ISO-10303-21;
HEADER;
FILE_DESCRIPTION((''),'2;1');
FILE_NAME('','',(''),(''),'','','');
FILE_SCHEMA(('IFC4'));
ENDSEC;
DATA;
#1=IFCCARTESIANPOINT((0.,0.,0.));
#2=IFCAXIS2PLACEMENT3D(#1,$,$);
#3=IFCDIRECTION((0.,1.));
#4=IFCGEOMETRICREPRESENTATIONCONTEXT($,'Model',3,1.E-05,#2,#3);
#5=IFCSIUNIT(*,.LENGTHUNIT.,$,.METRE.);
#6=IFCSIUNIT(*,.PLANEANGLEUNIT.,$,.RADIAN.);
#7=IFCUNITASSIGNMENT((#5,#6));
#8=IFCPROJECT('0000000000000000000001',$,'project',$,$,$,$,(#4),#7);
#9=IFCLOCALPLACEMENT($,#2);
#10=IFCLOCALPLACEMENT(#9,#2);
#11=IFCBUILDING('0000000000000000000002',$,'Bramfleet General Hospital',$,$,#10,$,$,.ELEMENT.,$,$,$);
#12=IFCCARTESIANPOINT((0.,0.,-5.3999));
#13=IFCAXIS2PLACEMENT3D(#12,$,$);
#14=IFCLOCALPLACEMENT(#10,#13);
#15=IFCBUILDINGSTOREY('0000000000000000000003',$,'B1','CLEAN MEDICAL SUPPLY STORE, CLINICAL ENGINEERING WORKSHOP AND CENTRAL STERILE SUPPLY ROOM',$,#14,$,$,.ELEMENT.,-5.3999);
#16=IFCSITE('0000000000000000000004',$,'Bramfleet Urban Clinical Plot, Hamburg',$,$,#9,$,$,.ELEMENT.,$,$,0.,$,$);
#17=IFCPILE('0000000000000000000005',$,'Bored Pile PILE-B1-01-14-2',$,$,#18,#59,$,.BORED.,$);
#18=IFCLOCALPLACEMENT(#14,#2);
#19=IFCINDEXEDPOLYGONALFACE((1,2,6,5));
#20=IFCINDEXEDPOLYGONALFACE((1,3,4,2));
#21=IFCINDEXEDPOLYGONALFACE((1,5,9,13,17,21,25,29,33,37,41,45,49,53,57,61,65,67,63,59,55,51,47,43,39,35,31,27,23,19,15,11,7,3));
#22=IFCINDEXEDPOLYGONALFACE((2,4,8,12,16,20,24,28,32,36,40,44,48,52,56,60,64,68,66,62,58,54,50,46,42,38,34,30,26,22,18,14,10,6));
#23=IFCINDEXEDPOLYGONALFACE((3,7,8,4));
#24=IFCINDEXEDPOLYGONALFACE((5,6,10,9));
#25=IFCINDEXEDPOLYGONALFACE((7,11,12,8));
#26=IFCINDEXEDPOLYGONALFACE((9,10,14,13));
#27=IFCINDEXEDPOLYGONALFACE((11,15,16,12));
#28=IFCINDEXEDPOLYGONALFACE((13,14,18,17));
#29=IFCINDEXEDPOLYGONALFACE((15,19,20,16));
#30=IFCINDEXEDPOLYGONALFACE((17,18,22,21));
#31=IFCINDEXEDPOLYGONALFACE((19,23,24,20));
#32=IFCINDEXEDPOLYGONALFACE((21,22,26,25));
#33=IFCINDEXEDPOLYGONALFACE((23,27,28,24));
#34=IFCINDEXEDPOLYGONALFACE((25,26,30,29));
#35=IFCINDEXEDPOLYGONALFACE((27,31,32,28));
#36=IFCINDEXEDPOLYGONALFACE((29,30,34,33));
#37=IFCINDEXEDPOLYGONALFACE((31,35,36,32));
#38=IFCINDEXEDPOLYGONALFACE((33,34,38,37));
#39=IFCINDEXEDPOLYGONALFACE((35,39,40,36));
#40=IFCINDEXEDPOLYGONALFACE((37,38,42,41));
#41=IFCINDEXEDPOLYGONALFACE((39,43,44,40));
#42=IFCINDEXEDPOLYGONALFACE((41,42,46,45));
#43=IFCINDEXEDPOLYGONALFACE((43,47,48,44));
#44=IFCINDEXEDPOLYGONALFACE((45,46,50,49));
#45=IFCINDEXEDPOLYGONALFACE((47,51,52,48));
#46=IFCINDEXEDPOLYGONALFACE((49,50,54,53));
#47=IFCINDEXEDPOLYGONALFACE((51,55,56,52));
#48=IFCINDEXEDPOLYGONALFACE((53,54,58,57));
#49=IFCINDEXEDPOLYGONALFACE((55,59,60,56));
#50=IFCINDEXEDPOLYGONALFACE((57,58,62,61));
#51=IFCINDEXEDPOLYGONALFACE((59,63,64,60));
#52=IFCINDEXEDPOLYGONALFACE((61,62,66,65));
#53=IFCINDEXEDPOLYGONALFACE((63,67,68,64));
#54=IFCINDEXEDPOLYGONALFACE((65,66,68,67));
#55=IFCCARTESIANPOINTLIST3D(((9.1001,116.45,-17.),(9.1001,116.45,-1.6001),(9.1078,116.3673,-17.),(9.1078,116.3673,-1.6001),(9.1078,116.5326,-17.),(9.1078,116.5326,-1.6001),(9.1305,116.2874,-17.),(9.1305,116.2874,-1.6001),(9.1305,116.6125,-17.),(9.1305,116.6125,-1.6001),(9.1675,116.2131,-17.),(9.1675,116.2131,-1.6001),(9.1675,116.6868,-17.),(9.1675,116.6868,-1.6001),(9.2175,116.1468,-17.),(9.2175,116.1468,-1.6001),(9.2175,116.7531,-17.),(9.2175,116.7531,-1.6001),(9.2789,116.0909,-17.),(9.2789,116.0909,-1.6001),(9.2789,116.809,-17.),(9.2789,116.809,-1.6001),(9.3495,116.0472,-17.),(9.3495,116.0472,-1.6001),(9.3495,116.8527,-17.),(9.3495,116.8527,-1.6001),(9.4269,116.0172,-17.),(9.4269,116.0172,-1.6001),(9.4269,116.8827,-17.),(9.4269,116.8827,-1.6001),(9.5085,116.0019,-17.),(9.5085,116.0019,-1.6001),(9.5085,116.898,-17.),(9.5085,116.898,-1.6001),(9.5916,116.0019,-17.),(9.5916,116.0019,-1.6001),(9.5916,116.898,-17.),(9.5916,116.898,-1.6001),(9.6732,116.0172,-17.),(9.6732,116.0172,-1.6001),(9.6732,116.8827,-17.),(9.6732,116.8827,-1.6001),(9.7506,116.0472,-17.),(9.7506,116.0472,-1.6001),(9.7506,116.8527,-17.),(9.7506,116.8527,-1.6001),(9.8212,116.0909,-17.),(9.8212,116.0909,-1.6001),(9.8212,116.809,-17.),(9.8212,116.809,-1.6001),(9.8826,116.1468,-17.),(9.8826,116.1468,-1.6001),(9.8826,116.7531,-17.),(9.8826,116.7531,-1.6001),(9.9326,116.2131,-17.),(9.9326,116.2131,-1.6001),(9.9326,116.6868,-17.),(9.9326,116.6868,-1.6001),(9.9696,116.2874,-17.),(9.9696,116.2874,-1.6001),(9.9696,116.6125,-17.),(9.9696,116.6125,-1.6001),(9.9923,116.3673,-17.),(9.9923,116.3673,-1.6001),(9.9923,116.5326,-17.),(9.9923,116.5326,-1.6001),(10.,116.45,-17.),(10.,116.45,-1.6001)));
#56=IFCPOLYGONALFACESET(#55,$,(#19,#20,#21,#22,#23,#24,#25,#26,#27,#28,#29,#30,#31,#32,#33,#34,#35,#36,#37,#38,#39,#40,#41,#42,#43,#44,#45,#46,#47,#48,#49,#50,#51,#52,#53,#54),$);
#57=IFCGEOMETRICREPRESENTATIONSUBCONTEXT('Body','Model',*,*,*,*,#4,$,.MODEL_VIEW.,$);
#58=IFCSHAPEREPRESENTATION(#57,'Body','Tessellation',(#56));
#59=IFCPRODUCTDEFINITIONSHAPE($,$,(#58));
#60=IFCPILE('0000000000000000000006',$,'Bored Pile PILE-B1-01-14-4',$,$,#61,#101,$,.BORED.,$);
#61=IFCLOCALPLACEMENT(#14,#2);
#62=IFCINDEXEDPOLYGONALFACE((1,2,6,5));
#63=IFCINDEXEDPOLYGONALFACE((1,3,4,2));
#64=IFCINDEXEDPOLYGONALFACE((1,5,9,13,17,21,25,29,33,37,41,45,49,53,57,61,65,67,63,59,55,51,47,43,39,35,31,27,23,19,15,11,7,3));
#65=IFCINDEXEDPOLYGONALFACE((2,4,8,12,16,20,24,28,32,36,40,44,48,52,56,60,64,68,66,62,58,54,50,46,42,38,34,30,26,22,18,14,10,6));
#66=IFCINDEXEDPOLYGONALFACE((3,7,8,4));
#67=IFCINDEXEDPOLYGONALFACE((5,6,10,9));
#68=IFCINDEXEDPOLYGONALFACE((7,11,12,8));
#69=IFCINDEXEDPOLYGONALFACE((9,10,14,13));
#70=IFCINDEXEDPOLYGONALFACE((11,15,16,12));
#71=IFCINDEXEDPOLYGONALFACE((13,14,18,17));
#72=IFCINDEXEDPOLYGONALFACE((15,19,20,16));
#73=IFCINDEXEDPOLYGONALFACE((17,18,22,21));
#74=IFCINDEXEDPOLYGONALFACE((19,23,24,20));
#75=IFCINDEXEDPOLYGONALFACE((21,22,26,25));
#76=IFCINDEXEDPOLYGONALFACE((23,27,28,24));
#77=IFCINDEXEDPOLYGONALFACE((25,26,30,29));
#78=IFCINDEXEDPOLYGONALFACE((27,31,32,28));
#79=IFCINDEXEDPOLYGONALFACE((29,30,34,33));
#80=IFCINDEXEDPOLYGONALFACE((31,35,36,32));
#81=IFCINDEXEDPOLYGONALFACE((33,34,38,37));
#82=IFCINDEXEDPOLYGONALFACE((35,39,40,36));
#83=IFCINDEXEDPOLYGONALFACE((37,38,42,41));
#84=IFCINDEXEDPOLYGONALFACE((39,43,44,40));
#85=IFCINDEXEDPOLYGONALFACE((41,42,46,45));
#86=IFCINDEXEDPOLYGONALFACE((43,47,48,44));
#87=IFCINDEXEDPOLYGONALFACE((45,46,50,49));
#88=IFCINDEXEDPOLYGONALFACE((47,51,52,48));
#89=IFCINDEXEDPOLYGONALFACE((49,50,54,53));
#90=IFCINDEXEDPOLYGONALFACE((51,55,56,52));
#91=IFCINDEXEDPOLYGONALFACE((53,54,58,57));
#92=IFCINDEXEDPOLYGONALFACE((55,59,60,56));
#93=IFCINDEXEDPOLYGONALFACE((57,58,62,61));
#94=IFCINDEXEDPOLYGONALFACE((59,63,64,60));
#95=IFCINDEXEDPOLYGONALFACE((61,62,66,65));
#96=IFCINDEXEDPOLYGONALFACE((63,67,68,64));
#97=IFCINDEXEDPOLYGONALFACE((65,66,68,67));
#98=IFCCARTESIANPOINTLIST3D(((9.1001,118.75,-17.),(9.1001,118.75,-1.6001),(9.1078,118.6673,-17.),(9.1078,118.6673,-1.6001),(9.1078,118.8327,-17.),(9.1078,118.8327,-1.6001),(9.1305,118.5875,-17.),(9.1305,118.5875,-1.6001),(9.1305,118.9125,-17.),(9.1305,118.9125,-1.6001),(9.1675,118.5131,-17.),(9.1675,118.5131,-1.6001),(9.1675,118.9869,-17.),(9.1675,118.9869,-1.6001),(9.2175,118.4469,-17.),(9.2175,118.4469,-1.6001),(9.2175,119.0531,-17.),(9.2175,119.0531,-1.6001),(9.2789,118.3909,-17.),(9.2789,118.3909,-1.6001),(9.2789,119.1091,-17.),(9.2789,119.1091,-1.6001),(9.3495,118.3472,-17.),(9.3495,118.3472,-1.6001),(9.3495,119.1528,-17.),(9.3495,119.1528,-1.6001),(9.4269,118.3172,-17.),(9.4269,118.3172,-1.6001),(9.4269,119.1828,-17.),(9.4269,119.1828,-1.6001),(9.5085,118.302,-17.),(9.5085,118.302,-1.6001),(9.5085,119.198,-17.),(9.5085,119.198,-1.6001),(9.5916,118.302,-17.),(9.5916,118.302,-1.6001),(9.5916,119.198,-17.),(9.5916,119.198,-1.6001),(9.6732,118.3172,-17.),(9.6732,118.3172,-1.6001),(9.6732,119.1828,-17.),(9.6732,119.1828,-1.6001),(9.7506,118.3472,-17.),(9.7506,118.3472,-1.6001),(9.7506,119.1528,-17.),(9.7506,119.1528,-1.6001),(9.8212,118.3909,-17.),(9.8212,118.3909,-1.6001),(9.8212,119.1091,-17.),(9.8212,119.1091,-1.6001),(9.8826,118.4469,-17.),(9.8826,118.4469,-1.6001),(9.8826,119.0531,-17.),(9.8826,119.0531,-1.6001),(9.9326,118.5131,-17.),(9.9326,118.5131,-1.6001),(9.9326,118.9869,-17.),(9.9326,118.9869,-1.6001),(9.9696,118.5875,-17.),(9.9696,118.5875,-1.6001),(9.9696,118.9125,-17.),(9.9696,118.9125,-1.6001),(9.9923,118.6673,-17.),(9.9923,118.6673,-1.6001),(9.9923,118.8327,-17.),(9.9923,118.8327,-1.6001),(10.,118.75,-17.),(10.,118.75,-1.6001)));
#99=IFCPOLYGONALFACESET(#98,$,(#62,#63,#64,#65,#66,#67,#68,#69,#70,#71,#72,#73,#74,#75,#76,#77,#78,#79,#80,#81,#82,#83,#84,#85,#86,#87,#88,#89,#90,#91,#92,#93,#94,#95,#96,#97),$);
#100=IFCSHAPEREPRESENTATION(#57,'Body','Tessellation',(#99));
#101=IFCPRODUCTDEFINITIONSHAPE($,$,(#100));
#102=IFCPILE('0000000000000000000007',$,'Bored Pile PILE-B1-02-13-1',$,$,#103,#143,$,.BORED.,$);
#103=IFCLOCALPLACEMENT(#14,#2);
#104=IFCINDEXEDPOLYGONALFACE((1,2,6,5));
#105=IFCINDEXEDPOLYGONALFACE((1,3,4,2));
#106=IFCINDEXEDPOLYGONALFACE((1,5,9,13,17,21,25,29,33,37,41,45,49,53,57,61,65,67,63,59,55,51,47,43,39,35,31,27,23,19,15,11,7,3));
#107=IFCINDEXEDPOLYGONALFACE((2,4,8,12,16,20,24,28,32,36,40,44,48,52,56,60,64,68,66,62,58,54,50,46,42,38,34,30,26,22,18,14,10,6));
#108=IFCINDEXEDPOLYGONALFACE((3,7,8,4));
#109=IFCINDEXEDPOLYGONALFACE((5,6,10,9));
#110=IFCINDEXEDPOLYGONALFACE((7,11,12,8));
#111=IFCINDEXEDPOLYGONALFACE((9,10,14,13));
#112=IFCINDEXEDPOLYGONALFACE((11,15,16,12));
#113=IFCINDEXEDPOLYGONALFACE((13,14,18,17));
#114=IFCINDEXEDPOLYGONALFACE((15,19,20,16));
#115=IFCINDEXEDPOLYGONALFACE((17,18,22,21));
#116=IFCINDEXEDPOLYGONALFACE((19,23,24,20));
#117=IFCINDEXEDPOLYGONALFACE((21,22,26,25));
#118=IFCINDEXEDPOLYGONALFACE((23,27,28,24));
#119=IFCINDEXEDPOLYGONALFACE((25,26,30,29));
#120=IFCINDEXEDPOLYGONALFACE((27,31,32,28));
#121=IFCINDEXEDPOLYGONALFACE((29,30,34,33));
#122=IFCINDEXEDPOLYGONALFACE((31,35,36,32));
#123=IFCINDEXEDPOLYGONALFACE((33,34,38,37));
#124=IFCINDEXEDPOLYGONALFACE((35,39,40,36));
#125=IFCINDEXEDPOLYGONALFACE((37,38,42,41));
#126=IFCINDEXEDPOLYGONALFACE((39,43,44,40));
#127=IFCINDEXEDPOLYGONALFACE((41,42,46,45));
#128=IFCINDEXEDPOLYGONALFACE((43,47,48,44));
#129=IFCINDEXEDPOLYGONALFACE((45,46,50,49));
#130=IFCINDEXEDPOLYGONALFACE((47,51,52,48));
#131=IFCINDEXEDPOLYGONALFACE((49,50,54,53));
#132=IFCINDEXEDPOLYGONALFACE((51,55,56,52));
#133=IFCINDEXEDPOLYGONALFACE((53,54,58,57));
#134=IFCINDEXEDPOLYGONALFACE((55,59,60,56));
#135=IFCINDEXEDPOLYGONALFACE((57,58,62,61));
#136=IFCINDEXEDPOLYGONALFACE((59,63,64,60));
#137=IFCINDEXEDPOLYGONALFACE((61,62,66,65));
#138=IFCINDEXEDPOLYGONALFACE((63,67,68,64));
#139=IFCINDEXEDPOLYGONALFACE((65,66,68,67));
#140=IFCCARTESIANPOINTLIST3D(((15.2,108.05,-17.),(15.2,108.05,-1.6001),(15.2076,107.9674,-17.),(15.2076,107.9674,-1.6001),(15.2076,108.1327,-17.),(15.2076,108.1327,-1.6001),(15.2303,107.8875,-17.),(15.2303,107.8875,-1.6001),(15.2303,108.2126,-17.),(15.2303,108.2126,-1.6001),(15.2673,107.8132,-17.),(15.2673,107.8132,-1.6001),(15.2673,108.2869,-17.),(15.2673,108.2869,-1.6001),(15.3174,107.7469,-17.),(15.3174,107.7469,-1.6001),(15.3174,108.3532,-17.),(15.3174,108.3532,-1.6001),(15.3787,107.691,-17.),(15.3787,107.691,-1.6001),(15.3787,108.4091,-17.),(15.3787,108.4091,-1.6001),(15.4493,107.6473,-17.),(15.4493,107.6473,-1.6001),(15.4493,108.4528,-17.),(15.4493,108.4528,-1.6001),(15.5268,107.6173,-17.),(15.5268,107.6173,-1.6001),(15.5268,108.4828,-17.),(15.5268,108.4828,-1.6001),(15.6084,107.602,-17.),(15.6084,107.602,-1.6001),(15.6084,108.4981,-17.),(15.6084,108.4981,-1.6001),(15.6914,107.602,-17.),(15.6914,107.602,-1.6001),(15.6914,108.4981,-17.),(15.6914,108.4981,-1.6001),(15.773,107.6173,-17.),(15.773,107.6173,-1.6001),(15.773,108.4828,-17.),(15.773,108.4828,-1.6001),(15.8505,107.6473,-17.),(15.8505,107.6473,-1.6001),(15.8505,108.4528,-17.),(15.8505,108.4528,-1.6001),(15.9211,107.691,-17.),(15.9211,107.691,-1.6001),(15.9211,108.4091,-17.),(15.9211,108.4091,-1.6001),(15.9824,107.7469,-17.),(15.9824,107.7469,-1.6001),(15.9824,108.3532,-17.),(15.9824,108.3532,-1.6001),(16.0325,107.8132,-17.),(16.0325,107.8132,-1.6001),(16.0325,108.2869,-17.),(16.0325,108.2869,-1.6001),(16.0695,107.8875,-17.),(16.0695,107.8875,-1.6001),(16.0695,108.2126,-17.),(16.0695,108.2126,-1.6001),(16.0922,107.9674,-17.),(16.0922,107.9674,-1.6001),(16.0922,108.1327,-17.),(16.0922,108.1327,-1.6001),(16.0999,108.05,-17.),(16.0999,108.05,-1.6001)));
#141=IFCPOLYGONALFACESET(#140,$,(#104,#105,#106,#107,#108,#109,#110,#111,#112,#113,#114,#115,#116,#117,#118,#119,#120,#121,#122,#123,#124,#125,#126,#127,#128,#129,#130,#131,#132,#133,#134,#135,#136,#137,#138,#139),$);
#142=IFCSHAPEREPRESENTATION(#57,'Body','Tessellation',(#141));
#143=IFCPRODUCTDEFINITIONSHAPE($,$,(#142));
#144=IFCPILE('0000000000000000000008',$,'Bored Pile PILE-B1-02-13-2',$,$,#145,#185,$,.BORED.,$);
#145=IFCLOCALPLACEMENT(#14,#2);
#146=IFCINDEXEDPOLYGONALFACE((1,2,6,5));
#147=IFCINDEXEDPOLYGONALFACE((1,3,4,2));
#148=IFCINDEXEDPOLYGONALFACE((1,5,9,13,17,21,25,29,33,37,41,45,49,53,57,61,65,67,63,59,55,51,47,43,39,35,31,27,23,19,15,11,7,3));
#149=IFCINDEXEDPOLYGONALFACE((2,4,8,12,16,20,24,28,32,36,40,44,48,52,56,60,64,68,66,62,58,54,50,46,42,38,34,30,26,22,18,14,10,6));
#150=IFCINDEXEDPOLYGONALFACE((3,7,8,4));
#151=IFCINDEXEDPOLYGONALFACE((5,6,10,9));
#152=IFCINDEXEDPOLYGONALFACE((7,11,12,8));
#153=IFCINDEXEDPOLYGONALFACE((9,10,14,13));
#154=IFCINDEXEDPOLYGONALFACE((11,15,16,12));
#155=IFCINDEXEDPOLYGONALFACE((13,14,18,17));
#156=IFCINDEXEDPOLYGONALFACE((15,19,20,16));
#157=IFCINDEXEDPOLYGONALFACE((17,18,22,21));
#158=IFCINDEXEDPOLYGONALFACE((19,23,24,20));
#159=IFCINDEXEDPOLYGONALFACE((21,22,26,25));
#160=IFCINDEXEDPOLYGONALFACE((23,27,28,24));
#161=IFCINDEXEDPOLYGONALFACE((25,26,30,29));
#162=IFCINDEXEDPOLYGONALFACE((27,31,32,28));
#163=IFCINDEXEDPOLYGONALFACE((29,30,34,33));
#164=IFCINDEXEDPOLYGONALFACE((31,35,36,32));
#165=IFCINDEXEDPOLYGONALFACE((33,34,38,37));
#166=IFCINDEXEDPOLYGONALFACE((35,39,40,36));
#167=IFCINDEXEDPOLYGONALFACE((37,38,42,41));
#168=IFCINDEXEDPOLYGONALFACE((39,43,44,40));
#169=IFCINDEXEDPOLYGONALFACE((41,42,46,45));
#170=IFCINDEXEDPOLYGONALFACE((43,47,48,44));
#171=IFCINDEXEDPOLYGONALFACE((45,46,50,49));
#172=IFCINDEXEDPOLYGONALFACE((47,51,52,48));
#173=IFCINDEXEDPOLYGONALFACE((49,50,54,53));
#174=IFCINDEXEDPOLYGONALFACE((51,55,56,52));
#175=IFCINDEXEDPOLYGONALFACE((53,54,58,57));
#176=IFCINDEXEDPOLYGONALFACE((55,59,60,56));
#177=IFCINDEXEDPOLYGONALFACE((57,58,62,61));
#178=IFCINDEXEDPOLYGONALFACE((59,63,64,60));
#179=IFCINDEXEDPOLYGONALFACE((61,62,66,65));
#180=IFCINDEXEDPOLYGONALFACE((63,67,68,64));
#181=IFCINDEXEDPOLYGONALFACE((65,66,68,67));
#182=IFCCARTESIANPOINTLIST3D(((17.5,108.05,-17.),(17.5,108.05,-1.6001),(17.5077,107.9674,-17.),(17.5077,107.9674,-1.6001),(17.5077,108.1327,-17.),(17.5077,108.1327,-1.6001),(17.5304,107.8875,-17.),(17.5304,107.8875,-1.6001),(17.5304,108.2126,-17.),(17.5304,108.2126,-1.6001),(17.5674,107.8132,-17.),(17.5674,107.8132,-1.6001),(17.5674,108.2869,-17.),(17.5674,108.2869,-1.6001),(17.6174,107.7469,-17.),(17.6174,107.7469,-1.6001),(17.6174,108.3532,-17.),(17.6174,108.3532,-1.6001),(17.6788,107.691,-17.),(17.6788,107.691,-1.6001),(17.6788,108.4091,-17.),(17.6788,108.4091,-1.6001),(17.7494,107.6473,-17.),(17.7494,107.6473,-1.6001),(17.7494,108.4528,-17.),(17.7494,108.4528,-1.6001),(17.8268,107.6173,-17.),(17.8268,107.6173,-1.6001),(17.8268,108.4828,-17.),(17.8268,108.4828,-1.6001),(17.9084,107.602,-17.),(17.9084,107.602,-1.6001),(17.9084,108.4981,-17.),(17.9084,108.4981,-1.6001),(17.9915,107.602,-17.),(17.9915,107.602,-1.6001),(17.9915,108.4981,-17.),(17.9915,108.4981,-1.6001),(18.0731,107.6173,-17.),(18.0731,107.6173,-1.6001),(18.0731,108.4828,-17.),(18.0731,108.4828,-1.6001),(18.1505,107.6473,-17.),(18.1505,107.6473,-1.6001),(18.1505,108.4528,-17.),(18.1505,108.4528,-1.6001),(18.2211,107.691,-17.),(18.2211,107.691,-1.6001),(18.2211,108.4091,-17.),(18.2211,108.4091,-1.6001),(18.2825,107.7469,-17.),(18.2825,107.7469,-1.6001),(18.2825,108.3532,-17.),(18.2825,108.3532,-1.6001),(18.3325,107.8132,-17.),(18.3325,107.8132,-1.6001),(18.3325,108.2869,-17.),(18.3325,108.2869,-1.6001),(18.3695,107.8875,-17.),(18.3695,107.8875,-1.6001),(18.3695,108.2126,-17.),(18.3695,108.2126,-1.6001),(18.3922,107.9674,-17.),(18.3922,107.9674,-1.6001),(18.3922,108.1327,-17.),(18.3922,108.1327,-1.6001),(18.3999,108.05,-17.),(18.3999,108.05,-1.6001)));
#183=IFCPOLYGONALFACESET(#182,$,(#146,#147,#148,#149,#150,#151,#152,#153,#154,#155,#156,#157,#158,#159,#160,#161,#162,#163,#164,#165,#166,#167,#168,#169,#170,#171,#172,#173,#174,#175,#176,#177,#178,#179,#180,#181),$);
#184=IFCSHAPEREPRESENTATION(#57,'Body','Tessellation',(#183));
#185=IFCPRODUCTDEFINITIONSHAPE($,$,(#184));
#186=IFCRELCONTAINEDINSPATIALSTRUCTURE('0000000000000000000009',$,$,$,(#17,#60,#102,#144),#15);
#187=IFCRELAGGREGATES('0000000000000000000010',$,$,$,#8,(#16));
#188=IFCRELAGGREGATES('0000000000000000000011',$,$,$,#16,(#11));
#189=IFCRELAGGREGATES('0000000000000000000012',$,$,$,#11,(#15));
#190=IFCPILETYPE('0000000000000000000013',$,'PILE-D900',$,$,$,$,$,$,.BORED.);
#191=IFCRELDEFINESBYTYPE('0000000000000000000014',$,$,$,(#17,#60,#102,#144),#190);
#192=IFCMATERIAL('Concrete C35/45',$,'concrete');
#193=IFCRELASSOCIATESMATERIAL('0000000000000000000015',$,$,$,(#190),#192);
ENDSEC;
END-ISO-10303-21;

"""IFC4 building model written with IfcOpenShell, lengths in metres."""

from ifc_helpers import new_model, si_unit, direction, frame, origin, origin_2d, place, context, subcontext, project, spatial, circle, extrude, material, material_profile, profile_set, type_object, element, save


model = new_model("IFC4")

# Units and contexts
model_context = context("Model", 3, precision=1e-05, world=origin(), true_north=direction((0.0, 1.0)))
body_context = subcontext(model_context, "Body", "Model", "MODEL_VIEW")
ifc_project = project(units=[si_unit("LENGTHUNIT", "METRE"), si_unit("PLANEANGLEUNIT", "RADIAN")], contexts=[model_context])

# Site, building, storey
site_placement = place(None, origin())
site = spatial("IfcSite", under=ifc_project, at=site_placement, Name="Bramfleet Urban Clinical Plot, Hamburg", CompositionType="ELEMENT", RefElevation=0.0)
building_placement = place(site_placement, origin())
building = spatial("IfcBuilding", under=site, at=building_placement, Name="Bramfleet General Hospital", CompositionType="ELEMENT")
storey_placement = place(building_placement, frame((0.0, 0.0, -5.3999)))
storey = spatial("IfcBuildingStorey", under=building, at=storey_placement, Name="B1", Description="CLEAN MEDICAL SUPPLY STORE, CLINICAL ENGINEERING WORKSHOP AND CENTRAL STERILE SUPPLY ROOM", CompositionType="ELEMENT", Elevation=-5.3999)

# Shared definitions
ifc_material_1 = material(Name="Concrete C35/45", Category="concrete")

# Piles
ifc_material_profile_1 = material_profile(ifc_material_1, circle(Radius=0.45, at=origin_2d()), Name="PILE BORED D900")
ifc_profile_set_1 = profile_set([ifc_material_profile_1], Name="Concrete C35/45")
pile_type = type_object("IfcPileType", Name="PILE-D900", PredefinedType="BORED", material=ifc_profile_set_1)
for number, where, z_axis, x_axis, name in (
    (1, (9.55, 116.45, -1.6001), (0.0, 0.0, -1.0), (1.0, 0.0, 0.0), "Bored Pile PILE-B1-01-14-2"),
    (2, (9.55, 118.75, -1.6001), (0.0, 0.0, -1.0), (1.0, 0.0, 0.0), "Bored Pile PILE-B1-01-14-4"),
    (3, (15.6499, 108.05, -1.6001), (0.0, 0.0, -1.0), (1.0, 0.0, 0.0), "Bored Pile PILE-B1-02-13-1"),
    (4, (17.95, 108.05, -1.6001), (0.0, 0.0, -1.0), (1.0, 0.0, 0.0), "Bored Pile PILE-B1-02-13-2"),
):
    element("IfcPile", number, at=place(storey_placement, frame(where, z_axis=z_axis, x_axis=x_axis)), inside=storey, type_object=pile_type, Name=name, PredefinedType="BORED", context=body_context, shape_type="SweptSolid", body=[
        extrude(circle(Radius=0.45, at=origin_2d()), origin(), (0.0, 0.0, 1.0), 15.3999),
    ])

save(model, "model.ifc")
